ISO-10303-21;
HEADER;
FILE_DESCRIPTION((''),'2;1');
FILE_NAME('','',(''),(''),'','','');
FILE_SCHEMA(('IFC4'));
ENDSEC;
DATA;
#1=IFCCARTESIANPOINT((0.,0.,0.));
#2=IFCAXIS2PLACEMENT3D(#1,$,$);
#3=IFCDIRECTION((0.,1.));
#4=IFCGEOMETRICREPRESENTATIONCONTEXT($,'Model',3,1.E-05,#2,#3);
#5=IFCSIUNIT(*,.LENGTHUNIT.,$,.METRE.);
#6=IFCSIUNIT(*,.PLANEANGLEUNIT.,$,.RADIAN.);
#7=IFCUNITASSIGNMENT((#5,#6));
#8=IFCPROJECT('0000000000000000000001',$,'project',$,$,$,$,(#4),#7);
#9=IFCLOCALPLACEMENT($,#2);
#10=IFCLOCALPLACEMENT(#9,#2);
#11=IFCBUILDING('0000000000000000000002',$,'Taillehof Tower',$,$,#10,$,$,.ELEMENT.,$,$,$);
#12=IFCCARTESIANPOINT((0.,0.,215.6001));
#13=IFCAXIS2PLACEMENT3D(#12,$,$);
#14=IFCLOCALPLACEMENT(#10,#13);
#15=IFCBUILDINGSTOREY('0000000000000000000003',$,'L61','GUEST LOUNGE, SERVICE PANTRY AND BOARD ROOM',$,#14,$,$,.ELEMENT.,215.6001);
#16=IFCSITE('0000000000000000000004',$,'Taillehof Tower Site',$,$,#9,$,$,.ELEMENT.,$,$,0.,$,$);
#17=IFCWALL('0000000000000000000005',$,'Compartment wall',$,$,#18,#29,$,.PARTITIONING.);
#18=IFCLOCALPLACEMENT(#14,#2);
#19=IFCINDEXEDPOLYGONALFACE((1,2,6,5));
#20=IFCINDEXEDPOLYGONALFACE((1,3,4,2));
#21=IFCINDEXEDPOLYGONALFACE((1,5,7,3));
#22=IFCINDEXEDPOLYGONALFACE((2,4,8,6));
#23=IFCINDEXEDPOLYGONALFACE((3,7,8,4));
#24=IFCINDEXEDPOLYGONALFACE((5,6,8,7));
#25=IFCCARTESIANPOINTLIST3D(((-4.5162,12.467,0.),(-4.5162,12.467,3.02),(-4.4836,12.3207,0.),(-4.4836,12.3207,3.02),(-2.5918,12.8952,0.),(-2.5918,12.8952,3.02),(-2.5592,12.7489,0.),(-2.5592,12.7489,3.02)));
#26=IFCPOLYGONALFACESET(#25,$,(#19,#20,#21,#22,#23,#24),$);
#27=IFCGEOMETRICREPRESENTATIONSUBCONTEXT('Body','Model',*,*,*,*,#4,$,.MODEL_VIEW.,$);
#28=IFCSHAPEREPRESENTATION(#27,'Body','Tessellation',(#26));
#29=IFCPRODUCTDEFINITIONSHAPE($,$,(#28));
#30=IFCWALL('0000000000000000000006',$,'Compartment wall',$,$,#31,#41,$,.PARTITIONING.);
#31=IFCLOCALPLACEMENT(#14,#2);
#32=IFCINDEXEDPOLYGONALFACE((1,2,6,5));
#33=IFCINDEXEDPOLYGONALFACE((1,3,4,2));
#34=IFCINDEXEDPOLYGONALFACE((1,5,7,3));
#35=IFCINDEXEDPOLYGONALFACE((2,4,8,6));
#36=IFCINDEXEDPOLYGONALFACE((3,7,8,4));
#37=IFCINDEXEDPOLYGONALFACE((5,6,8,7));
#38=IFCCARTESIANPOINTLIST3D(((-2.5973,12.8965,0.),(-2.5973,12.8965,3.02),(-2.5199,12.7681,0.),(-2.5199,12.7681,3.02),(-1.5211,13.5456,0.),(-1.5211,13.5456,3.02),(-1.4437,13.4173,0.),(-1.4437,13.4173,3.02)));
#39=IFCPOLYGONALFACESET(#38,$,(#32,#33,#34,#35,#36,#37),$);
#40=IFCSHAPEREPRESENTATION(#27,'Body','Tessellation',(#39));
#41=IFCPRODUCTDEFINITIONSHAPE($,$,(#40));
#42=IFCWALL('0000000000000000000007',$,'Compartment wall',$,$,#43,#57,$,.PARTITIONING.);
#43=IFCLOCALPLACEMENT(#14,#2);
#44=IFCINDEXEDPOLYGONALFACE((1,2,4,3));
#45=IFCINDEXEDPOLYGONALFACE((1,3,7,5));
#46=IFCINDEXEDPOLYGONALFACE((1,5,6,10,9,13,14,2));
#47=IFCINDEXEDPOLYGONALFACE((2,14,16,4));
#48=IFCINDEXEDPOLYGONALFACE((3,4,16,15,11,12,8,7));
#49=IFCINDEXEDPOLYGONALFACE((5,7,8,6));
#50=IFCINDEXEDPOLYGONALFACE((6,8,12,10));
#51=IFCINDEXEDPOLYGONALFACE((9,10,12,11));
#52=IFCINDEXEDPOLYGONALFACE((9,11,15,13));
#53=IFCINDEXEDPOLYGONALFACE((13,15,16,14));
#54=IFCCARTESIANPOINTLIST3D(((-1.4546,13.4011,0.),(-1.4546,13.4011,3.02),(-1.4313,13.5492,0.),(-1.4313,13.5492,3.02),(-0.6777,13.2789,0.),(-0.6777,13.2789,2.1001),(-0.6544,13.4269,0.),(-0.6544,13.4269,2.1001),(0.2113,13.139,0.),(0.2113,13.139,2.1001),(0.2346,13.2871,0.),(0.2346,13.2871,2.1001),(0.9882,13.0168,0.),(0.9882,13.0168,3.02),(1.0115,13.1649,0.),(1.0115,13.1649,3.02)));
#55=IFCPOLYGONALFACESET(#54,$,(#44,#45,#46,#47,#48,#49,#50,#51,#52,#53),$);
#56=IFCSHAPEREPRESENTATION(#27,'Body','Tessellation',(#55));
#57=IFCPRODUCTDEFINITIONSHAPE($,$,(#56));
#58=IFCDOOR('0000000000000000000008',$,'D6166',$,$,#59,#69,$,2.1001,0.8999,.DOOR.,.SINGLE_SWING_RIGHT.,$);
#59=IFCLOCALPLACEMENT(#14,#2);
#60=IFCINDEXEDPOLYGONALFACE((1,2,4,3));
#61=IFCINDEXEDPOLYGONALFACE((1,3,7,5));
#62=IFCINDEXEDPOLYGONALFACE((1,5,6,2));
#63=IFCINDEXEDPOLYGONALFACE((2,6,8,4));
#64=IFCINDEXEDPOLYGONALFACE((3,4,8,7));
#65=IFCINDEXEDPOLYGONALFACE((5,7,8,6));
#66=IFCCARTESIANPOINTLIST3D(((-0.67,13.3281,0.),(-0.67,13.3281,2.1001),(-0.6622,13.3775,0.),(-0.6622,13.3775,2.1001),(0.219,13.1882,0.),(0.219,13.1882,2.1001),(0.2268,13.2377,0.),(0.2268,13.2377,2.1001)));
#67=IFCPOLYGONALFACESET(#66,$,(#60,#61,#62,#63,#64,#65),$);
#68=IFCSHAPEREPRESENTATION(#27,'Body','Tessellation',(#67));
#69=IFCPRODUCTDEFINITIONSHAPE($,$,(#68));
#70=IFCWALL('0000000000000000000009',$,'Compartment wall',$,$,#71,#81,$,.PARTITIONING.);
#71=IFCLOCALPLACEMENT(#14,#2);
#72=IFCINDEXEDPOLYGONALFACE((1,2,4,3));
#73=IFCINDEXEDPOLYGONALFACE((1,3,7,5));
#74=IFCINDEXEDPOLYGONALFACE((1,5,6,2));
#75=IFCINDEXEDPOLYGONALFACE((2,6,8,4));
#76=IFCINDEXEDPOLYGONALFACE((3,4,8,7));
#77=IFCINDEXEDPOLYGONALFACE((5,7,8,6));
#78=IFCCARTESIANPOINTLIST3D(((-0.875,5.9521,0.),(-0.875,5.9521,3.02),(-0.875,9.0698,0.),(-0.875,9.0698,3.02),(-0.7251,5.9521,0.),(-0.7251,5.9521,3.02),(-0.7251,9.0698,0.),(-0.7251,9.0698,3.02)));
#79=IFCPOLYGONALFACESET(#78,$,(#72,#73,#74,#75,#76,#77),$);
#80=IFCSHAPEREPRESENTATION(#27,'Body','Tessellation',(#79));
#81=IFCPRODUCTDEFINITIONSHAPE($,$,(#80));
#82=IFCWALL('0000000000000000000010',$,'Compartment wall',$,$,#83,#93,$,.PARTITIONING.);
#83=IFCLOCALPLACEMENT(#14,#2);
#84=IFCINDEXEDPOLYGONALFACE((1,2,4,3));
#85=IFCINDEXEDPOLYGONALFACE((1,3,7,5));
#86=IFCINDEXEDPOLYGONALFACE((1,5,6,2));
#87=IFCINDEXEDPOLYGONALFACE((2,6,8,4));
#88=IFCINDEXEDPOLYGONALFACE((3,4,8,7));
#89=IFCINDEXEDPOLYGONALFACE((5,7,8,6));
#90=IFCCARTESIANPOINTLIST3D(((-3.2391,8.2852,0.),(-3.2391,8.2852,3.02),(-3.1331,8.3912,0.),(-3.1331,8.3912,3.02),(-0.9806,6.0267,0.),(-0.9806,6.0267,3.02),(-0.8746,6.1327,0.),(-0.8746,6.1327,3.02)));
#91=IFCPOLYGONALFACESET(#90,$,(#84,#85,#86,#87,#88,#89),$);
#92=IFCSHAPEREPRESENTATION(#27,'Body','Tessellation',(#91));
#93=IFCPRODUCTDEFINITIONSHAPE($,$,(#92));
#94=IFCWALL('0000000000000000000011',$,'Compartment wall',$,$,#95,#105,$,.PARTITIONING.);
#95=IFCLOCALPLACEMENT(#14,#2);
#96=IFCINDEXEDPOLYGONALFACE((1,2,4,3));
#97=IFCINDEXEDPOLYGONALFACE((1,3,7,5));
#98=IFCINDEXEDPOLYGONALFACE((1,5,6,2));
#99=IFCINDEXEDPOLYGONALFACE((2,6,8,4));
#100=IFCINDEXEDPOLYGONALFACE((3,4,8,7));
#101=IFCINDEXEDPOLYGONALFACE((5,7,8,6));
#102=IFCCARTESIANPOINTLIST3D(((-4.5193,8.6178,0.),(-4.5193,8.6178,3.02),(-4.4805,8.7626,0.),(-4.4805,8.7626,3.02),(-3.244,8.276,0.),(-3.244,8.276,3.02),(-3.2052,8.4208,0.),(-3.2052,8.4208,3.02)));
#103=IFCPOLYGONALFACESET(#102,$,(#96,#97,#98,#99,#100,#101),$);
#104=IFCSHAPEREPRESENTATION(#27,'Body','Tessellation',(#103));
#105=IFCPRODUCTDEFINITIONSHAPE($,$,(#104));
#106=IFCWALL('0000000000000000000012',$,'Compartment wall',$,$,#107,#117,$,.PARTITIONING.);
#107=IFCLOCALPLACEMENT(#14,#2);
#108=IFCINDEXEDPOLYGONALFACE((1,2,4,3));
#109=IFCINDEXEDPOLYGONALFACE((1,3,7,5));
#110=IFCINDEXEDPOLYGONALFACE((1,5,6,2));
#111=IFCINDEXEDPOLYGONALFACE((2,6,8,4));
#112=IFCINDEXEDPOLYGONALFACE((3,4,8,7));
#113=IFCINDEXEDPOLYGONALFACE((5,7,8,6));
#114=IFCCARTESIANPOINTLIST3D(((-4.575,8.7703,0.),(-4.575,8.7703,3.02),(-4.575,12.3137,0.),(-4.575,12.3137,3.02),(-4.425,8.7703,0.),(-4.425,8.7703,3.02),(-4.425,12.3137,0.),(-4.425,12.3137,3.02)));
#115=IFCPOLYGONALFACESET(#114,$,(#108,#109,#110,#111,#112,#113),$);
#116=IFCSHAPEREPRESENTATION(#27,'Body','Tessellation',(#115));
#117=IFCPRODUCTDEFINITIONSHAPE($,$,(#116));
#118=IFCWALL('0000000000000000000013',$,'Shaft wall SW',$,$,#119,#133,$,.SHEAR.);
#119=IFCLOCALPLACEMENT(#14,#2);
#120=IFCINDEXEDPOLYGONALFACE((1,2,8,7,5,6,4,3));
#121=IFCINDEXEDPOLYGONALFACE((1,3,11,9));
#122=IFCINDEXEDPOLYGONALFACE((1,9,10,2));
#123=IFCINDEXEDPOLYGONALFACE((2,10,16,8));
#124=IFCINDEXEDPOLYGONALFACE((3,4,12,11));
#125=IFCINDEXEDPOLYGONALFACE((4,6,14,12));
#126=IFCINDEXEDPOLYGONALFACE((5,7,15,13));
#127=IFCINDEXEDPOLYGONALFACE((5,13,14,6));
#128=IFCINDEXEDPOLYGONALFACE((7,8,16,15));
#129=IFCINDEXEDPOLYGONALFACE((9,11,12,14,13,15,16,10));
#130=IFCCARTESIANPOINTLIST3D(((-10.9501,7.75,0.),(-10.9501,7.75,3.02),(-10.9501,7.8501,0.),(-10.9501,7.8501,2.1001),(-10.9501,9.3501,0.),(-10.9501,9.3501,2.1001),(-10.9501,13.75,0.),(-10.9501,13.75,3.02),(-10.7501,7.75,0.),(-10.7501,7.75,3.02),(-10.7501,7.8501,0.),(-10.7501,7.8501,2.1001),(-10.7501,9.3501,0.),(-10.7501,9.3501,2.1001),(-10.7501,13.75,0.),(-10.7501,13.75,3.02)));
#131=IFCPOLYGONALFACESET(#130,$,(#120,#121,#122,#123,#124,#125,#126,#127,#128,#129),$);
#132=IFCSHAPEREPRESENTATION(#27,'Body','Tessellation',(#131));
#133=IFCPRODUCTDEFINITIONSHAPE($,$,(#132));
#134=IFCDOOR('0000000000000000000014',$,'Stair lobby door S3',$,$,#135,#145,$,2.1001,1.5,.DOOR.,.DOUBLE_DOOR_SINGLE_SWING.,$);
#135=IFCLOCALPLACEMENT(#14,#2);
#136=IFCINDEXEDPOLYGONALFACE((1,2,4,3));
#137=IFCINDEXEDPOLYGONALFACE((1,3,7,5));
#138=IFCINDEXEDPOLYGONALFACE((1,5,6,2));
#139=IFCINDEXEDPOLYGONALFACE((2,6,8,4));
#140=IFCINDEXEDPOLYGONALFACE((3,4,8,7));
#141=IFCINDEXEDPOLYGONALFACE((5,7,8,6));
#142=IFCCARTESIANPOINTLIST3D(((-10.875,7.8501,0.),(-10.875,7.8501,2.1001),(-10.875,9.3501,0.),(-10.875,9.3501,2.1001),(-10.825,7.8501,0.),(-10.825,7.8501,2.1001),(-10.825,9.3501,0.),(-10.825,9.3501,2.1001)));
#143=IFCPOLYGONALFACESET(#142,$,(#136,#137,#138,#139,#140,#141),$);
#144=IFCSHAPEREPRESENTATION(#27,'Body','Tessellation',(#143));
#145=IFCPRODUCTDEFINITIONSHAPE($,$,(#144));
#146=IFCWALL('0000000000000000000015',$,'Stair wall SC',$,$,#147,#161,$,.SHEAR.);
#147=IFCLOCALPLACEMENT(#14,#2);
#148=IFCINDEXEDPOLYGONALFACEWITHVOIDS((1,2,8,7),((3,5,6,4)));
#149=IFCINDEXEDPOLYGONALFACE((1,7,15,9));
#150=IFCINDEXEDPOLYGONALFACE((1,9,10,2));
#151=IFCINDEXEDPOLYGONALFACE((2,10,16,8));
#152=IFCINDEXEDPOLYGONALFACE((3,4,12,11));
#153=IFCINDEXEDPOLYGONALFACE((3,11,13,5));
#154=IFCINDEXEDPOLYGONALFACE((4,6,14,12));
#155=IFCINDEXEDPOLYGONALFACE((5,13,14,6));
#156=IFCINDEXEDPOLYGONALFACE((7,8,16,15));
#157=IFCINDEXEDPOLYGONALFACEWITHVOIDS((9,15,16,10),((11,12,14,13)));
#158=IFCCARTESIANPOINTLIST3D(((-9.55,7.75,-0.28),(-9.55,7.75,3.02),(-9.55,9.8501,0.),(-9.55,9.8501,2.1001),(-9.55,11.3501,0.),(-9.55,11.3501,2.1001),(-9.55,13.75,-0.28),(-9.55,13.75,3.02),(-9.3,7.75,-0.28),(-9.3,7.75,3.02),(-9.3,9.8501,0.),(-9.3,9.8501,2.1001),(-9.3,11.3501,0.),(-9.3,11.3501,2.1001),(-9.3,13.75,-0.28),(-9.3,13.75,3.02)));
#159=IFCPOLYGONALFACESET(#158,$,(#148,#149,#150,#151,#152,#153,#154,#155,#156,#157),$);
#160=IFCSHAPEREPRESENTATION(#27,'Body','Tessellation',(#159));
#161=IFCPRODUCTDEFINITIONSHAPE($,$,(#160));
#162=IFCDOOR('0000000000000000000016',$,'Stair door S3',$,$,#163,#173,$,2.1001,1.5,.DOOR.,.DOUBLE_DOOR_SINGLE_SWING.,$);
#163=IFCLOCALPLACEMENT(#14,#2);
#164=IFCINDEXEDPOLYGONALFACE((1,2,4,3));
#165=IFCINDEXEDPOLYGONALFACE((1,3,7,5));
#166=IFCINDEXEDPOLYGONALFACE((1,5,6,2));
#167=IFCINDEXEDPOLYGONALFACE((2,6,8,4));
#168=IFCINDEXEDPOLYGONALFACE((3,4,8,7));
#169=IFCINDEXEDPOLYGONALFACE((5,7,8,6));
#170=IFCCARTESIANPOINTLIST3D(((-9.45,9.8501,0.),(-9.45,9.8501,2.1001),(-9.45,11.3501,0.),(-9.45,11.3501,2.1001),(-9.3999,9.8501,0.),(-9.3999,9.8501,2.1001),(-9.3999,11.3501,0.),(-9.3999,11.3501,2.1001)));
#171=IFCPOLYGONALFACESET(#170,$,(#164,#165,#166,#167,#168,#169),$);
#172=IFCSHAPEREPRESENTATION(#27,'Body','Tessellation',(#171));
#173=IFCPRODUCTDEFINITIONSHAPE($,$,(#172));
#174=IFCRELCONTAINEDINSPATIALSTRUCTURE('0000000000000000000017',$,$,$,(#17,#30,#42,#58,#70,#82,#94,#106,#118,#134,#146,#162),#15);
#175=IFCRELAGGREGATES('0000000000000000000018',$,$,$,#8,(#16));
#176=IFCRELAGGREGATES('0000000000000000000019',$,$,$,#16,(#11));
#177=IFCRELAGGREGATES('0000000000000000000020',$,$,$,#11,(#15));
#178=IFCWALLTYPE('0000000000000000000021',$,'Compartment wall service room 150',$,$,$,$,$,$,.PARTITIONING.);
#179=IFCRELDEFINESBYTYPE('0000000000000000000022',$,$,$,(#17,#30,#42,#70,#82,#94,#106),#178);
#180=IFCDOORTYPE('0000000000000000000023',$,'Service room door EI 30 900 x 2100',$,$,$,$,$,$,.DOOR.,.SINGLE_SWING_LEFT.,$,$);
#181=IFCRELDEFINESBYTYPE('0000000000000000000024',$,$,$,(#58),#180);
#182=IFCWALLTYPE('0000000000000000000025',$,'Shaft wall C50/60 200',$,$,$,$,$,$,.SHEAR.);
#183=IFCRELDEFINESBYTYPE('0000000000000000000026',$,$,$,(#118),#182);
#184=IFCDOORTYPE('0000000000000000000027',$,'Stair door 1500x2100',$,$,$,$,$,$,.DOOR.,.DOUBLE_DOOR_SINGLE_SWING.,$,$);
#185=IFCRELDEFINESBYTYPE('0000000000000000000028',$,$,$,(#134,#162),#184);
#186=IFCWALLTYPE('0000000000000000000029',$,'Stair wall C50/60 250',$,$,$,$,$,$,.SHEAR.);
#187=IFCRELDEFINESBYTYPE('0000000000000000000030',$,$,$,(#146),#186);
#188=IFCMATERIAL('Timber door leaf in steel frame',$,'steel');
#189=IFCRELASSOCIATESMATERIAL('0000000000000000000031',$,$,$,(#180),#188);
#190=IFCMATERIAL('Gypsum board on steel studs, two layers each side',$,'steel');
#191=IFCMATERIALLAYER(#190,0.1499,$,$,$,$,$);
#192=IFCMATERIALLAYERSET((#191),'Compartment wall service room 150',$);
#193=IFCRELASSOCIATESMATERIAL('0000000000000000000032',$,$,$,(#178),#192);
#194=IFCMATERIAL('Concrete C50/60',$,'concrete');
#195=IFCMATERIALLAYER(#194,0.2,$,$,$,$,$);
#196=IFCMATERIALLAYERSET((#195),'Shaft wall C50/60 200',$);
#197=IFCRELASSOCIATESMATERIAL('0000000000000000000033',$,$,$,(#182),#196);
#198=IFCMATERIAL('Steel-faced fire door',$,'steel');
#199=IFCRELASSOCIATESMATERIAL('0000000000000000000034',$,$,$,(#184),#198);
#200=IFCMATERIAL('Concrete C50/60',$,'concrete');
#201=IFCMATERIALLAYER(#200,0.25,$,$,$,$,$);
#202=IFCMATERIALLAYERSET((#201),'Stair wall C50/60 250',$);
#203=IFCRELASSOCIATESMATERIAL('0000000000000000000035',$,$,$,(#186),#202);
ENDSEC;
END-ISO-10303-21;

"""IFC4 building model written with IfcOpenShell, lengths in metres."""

from ifc_helpers import new_model, si_unit, direction, frame, frame_2d, origin, place, context, subcontext, project, spatial, rectangle, extrude, material, layer, layer_set, type_object, element, fill, save


model = new_model("IFC4")

# Units and contexts
model_context = context("Model", 3, precision=1e-05, world=origin(), true_north=direction((0.0, 1.0)))
body_context = subcontext(model_context, "Body", "Model", "MODEL_VIEW")
ifc_project = project(units=[si_unit("LENGTHUNIT", "METRE"), si_unit("PLANEANGLEUNIT", "RADIAN")], contexts=[model_context])

# Site, building, storey
site_placement = place(None, origin())
site = spatial("IfcSite", under=ifc_project, at=site_placement, Name="Taillehof Tower Site", CompositionType="ELEMENT", RefElevation=0.0)
building_placement = place(site_placement, origin())
building = spatial("IfcBuilding", under=site, at=building_placement, Name="Taillehof Tower", CompositionType="ELEMENT")
storey_placement = place(building_placement, frame((0.0, 0.0, 215.6001)))
storey = spatial("IfcBuildingStorey", under=building, at=storey_placement, Name="L61", Description="GUEST LOUNGE, SERVICE PANTRY AND BOARD ROOM", CompositionType="ELEMENT", Elevation=215.6001)

# Shared definitions
ifc_material_1 = material(Name="Timber door leaf in steel frame", Category="steel")
door_type_1 = type_object("IfcDoorType", Name="Service room door EI 30 900 x 2100", OperationType="SINGLE_SWING_LEFT", PredefinedType="DOOR", material=ifc_material_1)

# Walls
ifc_material_2 = material(Name="Gypsum board on steel studs, two layers each side", Category="steel")
ifc_layer_1 = layer(ifc_material_2, 0.1499)
ifc_layer_set_1 = layer_set([ifc_layer_1], Name="Compartment wall service room 150")
wall_type_1 = type_object("IfcWallType", Name="Compartment wall service room 150", PredefinedType="PARTITIONING", material=ifc_layer_set_1)
wall_1_placement = place(storey_placement, frame((-4.5, 12.3938, 0.0), z_axis=(0.0, 0.0, 1.0), x_axis=(0.976123, 0.217219, 0.0)))
element("IfcWall", 1, at=wall_1_placement, inside=storey, type_object=wall_type_1, Name="Compartment wall", PredefinedType="PARTITIONING", context=body_context, shape_type="SweptSolid", body=[
    extrude(rectangle(XDim=1.9714, YDim=0.1499, at=frame_2d((0.9858, 0.0))), origin(), (0.0, 0.0, 1.0), 3.02),
])
wall_2_placement = place(storey_placement, frame((-2.5586, 12.8323, 0.0), z_axis=(0.0, 0.0, 1.0), x_axis=(0.856274, 0.516523, 0.0)))
element("IfcWall", 2, at=wall_2_placement, inside=storey, type_object=wall_type_1, Name="Compartment wall", PredefinedType="PARTITIONING", context=body_context, shape_type="SweptSolid", body=[
    extrude(rectangle(XDim=1.2568, YDim=0.1499, at=frame_2d((0.6284, 0.0))), origin(), (0.0, 0.0, 1.0), 3.02),
])

# Wall, opening, door
wall_3_placement = place(storey_placement, frame((-1.4429, 13.4751, 0.0), z_axis=(0.0, 0.0, 1.0), x_axis=(0.987852, -0.155395, 0.0)))
wall_3 = element("IfcWall", 3, at=wall_3_placement, inside=storey, type_object=wall_type_1, Name="Compartment wall", PredefinedType="PARTITIONING", context=body_context, shape_type="SweptSolid", body=[
    extrude(rectangle(XDim=2.4729, YDim=0.1499, at=frame_2d((1.2363, 0.0))), origin(), (0.0, 0.0, 1.0), 3.02),
])
opening_1_placement = place(wall_3_placement, frame((0.7864, 0.0, 0.0)))
opening_1 = element("IfcOpeningElement", 4, at=opening_1_placement, cuts=wall_3, PredefinedType="OPENING", context=body_context, shape_type="SweptSolid", body=[
    extrude(rectangle(XDim=0.8999, YDim=2.1001, at=frame_2d((0.45, 1.05))), frame((0.0, 0.085, 0.0), z_axis=(0.0, -1.0, 0.0), x_axis=(1.0, 0.0, 0.0)), (0.0, 0.0, 1.0), 0.1699),
])
door_1_placement = place(opening_1_placement, origin())
door_1 = element("IfcDoor", 5, at=door_1_placement, inside=storey, type_object=door_type_1, Name="D6166", OperationType="SINGLE_SWING_RIGHT", OverallHeight=2.1001, OverallWidth=0.8999, PredefinedType="DOOR", context=body_context, shape_type="SweptSolid", body=[
    extrude(rectangle(XDim=0.8999, YDim=2.1001, at=frame_2d((0.45, 1.05))), frame((0.0, 0.0249, 0.0), z_axis=(0.0, -1.0, 0.0), x_axis=(1.0, 0.0, 0.0)), (0.0, 0.0, 1.0), 0.05),
])
fill(opening_1, door_1)

# Walls
wall_4_placement = place(storey_placement, frame((-0.8, 9.0698, 0.0), z_axis=(0.0, 0.0, 1.0), x_axis=(0.0, -1.0, 0.0)))
element("IfcWall", 6, at=wall_4_placement, inside=storey, type_object=wall_type_1, Name="Compartment wall", PredefinedType="PARTITIONING", context=body_context, shape_type="SweptSolid", body=[
    extrude(rectangle(XDim=3.1177, YDim=0.1499, at=frame_2d((1.5588, 0.0))), origin(), (0.0, 0.0, 1.0), 3.02),
])
wall_5_placement = place(storey_placement, frame((-0.9275, 6.0796, 0.0), z_axis=(0.0, 0.0, 1.0), x_axis=(-0.707107, 0.707107, 0.0)))
element("IfcWall", 7, at=wall_5_placement, inside=storey, type_object=wall_type_1, Name="Compartment wall", PredefinedType="PARTITIONING", context=body_context, shape_type="SweptSolid", body=[
    extrude(rectangle(XDim=3.1941, YDim=0.1499, at=frame_2d((1.5972, 0.0))), origin(), (0.0, 0.0, 1.0), 3.02),
])
wall_6_placement = place(storey_placement, frame((-3.2246, 8.3484, 0.0), z_axis=(0.0, 0.0, 1.0), x_axis=(-0.965915, 0.258859, 0.0)))
element("IfcWall", 8, at=wall_6_placement, inside=storey, type_object=wall_type_1, Name="Compartment wall", PredefinedType="PARTITIONING", context=body_context, shape_type="SweptSolid", body=[
    extrude(rectangle(XDim=1.3203, YDim=0.1499, at=frame_2d((0.6602, 0.0))), origin(), (0.0, 0.0, 1.0), 3.02),
])
wall_7_placement = place(storey_placement, frame((-4.5, 8.7703, 0.0), z_axis=(0.0, 0.0, 1.0), x_axis=(0.0, 1.0, 0.0)))
element("IfcWall", 9, at=wall_7_placement, inside=storey, type_object=wall_type_1, Name="Compartment wall", PredefinedType="PARTITIONING", context=body_context, shape_type="SweptSolid", body=[
    extrude(rectangle(XDim=3.5435, YDim=0.1499, at=frame_2d((1.7717, 0.0))), origin(), (0.0, 0.0, 1.0), 3.02),
])

# Walls, openings, doors
ifc_material_3 = material(Name="Concrete C50/60", Category="concrete")
ifc_layer_2 = layer(ifc_material_3, 0.2)
ifc_layer_set_2 = layer_set([ifc_layer_2], Name="Shaft wall C50/60 200")
wall_type_2 = type_object("IfcWallType", Name="Shaft wall C50/60 200", PredefinedType="SHEAR", material=ifc_layer_set_2)
wall_8_placement = place(storey_placement, frame((-10.8501, 7.75, 0.0), z_axis=(0.0, 0.0, 1.0), x_axis=(0.0, 1.0, 0.0)))
wall_8 = element("IfcWall", 10, at=wall_8_placement, inside=storey, type_object=wall_type_2, Name="Shaft wall SW", PredefinedType="SHEAR", context=body_context, shape_type="SweptSolid", body=[
    extrude(rectangle(XDim=6.0, YDim=0.2, at=frame_2d((3.0, 0.0))), origin(), (0.0, 0.0, 1.0), 3.02),
])
opening_2_placement = place(wall_8_placement, frame((0.1001, 0.0, 0.0)))
opening_2 = element("IfcOpeningElement", 11, at=opening_2_placement, cuts=wall_8, PredefinedType="OPENING", context=body_context, shape_type="SweptSolid", body=[
    extrude(rectangle(XDim=1.5, YDim=2.1001, at=frame_2d((0.75, 1.05))), frame((0.0, 0.1099, 0.0), z_axis=(0.0, -1.0, 0.0), x_axis=(1.0, 0.0, 0.0)), (0.0, 0.0, 1.0), 0.22),
])
ifc_material_4 = material(Name="Steel-faced fire door", Category="steel")
door_type_2 = type_object("IfcDoorType", Name="Stair door 1500x2100", OperationType="DOUBLE_DOOR_SINGLE_SWING", PredefinedType="DOOR", material=ifc_material_4)
door_2_placement = place(opening_2_placement, origin())
door_2 = element("IfcDoor", 12, at=door_2_placement, inside=storey, type_object=door_type_2, Name="Stair lobby door S3", OperationType="DOUBLE_DOOR_SINGLE_SWING", OverallHeight=2.1001, OverallWidth=1.5, PredefinedType="DOOR", context=body_context, shape_type="SweptSolid", body=[
    extrude(rectangle(XDim=1.5, YDim=2.1001, at=frame_2d((0.75, 1.05))), frame((0.0, 0.0249, 0.0), z_axis=(0.0, -1.0, 0.0), x_axis=(1.0, 0.0, 0.0)), (0.0, 0.0, 1.0), 0.05),
])
fill(opening_2, door_2)
ifc_material_5 = material(Name="Concrete C50/60", Category="concrete")
ifc_layer_3 = layer(ifc_material_5, 0.25)
ifc_layer_set_3 = layer_set([ifc_layer_3], Name="Stair wall C50/60 250")
wall_type_3 = type_object("IfcWallType", Name="Stair wall C50/60 250", PredefinedType="SHEAR", material=ifc_layer_set_3)
wall_9_placement = place(storey_placement, frame((-9.425, 7.75, -0.28), z_axis=(0.0, 0.0, 1.0), x_axis=(0.0, 1.0, 0.0)))
wall_9 = element("IfcWall", 13, at=wall_9_placement, inside=storey, type_object=wall_type_3, Name="Stair wall SC", PredefinedType="SHEAR", context=body_context, shape_type="SweptSolid", body=[
    extrude(rectangle(XDim=6.0, YDim=0.25, at=frame_2d((3.0, 0.0))), origin(), (0.0, 0.0, 1.0), 3.3),
])
opening_3_placement = place(wall_9_placement, frame((2.1001, 0.0, 0.28)))
opening_3 = element("IfcOpeningElement", 14, at=opening_3_placement, cuts=wall_9, PredefinedType="OPENING", context=body_context, shape_type="SweptSolid", body=[
    extrude(rectangle(XDim=1.5, YDim=2.1001, at=frame_2d((0.75, 1.05))), frame((0.0, 0.135, 0.0), z_axis=(0.0, -1.0, 0.0), x_axis=(1.0, 0.0, 0.0)), (0.0, 0.0, 1.0), 0.27),
])
door_3_placement = place(opening_3_placement, origin())
door_3 = element("IfcDoor", 15, at=door_3_placement, inside=storey, type_object=door_type_2, Name="Stair door S3", OperationType="DOUBLE_DOOR_SINGLE_SWING", OverallHeight=2.1001, OverallWidth=1.5, PredefinedType="DOOR", context=body_context, shape_type="SweptSolid", body=[
    extrude(rectangle(XDim=1.5, YDim=2.1001, at=frame_2d((0.75, 1.05))), frame((0.0, 0.0249, 0.0), z_axis=(0.0, -1.0, 0.0), x_axis=(1.0, 0.0, 0.0)), (0.0, 0.0, 1.0), 0.05),
])
fill(opening_3, door_3)

save(model, "model.ifc")
